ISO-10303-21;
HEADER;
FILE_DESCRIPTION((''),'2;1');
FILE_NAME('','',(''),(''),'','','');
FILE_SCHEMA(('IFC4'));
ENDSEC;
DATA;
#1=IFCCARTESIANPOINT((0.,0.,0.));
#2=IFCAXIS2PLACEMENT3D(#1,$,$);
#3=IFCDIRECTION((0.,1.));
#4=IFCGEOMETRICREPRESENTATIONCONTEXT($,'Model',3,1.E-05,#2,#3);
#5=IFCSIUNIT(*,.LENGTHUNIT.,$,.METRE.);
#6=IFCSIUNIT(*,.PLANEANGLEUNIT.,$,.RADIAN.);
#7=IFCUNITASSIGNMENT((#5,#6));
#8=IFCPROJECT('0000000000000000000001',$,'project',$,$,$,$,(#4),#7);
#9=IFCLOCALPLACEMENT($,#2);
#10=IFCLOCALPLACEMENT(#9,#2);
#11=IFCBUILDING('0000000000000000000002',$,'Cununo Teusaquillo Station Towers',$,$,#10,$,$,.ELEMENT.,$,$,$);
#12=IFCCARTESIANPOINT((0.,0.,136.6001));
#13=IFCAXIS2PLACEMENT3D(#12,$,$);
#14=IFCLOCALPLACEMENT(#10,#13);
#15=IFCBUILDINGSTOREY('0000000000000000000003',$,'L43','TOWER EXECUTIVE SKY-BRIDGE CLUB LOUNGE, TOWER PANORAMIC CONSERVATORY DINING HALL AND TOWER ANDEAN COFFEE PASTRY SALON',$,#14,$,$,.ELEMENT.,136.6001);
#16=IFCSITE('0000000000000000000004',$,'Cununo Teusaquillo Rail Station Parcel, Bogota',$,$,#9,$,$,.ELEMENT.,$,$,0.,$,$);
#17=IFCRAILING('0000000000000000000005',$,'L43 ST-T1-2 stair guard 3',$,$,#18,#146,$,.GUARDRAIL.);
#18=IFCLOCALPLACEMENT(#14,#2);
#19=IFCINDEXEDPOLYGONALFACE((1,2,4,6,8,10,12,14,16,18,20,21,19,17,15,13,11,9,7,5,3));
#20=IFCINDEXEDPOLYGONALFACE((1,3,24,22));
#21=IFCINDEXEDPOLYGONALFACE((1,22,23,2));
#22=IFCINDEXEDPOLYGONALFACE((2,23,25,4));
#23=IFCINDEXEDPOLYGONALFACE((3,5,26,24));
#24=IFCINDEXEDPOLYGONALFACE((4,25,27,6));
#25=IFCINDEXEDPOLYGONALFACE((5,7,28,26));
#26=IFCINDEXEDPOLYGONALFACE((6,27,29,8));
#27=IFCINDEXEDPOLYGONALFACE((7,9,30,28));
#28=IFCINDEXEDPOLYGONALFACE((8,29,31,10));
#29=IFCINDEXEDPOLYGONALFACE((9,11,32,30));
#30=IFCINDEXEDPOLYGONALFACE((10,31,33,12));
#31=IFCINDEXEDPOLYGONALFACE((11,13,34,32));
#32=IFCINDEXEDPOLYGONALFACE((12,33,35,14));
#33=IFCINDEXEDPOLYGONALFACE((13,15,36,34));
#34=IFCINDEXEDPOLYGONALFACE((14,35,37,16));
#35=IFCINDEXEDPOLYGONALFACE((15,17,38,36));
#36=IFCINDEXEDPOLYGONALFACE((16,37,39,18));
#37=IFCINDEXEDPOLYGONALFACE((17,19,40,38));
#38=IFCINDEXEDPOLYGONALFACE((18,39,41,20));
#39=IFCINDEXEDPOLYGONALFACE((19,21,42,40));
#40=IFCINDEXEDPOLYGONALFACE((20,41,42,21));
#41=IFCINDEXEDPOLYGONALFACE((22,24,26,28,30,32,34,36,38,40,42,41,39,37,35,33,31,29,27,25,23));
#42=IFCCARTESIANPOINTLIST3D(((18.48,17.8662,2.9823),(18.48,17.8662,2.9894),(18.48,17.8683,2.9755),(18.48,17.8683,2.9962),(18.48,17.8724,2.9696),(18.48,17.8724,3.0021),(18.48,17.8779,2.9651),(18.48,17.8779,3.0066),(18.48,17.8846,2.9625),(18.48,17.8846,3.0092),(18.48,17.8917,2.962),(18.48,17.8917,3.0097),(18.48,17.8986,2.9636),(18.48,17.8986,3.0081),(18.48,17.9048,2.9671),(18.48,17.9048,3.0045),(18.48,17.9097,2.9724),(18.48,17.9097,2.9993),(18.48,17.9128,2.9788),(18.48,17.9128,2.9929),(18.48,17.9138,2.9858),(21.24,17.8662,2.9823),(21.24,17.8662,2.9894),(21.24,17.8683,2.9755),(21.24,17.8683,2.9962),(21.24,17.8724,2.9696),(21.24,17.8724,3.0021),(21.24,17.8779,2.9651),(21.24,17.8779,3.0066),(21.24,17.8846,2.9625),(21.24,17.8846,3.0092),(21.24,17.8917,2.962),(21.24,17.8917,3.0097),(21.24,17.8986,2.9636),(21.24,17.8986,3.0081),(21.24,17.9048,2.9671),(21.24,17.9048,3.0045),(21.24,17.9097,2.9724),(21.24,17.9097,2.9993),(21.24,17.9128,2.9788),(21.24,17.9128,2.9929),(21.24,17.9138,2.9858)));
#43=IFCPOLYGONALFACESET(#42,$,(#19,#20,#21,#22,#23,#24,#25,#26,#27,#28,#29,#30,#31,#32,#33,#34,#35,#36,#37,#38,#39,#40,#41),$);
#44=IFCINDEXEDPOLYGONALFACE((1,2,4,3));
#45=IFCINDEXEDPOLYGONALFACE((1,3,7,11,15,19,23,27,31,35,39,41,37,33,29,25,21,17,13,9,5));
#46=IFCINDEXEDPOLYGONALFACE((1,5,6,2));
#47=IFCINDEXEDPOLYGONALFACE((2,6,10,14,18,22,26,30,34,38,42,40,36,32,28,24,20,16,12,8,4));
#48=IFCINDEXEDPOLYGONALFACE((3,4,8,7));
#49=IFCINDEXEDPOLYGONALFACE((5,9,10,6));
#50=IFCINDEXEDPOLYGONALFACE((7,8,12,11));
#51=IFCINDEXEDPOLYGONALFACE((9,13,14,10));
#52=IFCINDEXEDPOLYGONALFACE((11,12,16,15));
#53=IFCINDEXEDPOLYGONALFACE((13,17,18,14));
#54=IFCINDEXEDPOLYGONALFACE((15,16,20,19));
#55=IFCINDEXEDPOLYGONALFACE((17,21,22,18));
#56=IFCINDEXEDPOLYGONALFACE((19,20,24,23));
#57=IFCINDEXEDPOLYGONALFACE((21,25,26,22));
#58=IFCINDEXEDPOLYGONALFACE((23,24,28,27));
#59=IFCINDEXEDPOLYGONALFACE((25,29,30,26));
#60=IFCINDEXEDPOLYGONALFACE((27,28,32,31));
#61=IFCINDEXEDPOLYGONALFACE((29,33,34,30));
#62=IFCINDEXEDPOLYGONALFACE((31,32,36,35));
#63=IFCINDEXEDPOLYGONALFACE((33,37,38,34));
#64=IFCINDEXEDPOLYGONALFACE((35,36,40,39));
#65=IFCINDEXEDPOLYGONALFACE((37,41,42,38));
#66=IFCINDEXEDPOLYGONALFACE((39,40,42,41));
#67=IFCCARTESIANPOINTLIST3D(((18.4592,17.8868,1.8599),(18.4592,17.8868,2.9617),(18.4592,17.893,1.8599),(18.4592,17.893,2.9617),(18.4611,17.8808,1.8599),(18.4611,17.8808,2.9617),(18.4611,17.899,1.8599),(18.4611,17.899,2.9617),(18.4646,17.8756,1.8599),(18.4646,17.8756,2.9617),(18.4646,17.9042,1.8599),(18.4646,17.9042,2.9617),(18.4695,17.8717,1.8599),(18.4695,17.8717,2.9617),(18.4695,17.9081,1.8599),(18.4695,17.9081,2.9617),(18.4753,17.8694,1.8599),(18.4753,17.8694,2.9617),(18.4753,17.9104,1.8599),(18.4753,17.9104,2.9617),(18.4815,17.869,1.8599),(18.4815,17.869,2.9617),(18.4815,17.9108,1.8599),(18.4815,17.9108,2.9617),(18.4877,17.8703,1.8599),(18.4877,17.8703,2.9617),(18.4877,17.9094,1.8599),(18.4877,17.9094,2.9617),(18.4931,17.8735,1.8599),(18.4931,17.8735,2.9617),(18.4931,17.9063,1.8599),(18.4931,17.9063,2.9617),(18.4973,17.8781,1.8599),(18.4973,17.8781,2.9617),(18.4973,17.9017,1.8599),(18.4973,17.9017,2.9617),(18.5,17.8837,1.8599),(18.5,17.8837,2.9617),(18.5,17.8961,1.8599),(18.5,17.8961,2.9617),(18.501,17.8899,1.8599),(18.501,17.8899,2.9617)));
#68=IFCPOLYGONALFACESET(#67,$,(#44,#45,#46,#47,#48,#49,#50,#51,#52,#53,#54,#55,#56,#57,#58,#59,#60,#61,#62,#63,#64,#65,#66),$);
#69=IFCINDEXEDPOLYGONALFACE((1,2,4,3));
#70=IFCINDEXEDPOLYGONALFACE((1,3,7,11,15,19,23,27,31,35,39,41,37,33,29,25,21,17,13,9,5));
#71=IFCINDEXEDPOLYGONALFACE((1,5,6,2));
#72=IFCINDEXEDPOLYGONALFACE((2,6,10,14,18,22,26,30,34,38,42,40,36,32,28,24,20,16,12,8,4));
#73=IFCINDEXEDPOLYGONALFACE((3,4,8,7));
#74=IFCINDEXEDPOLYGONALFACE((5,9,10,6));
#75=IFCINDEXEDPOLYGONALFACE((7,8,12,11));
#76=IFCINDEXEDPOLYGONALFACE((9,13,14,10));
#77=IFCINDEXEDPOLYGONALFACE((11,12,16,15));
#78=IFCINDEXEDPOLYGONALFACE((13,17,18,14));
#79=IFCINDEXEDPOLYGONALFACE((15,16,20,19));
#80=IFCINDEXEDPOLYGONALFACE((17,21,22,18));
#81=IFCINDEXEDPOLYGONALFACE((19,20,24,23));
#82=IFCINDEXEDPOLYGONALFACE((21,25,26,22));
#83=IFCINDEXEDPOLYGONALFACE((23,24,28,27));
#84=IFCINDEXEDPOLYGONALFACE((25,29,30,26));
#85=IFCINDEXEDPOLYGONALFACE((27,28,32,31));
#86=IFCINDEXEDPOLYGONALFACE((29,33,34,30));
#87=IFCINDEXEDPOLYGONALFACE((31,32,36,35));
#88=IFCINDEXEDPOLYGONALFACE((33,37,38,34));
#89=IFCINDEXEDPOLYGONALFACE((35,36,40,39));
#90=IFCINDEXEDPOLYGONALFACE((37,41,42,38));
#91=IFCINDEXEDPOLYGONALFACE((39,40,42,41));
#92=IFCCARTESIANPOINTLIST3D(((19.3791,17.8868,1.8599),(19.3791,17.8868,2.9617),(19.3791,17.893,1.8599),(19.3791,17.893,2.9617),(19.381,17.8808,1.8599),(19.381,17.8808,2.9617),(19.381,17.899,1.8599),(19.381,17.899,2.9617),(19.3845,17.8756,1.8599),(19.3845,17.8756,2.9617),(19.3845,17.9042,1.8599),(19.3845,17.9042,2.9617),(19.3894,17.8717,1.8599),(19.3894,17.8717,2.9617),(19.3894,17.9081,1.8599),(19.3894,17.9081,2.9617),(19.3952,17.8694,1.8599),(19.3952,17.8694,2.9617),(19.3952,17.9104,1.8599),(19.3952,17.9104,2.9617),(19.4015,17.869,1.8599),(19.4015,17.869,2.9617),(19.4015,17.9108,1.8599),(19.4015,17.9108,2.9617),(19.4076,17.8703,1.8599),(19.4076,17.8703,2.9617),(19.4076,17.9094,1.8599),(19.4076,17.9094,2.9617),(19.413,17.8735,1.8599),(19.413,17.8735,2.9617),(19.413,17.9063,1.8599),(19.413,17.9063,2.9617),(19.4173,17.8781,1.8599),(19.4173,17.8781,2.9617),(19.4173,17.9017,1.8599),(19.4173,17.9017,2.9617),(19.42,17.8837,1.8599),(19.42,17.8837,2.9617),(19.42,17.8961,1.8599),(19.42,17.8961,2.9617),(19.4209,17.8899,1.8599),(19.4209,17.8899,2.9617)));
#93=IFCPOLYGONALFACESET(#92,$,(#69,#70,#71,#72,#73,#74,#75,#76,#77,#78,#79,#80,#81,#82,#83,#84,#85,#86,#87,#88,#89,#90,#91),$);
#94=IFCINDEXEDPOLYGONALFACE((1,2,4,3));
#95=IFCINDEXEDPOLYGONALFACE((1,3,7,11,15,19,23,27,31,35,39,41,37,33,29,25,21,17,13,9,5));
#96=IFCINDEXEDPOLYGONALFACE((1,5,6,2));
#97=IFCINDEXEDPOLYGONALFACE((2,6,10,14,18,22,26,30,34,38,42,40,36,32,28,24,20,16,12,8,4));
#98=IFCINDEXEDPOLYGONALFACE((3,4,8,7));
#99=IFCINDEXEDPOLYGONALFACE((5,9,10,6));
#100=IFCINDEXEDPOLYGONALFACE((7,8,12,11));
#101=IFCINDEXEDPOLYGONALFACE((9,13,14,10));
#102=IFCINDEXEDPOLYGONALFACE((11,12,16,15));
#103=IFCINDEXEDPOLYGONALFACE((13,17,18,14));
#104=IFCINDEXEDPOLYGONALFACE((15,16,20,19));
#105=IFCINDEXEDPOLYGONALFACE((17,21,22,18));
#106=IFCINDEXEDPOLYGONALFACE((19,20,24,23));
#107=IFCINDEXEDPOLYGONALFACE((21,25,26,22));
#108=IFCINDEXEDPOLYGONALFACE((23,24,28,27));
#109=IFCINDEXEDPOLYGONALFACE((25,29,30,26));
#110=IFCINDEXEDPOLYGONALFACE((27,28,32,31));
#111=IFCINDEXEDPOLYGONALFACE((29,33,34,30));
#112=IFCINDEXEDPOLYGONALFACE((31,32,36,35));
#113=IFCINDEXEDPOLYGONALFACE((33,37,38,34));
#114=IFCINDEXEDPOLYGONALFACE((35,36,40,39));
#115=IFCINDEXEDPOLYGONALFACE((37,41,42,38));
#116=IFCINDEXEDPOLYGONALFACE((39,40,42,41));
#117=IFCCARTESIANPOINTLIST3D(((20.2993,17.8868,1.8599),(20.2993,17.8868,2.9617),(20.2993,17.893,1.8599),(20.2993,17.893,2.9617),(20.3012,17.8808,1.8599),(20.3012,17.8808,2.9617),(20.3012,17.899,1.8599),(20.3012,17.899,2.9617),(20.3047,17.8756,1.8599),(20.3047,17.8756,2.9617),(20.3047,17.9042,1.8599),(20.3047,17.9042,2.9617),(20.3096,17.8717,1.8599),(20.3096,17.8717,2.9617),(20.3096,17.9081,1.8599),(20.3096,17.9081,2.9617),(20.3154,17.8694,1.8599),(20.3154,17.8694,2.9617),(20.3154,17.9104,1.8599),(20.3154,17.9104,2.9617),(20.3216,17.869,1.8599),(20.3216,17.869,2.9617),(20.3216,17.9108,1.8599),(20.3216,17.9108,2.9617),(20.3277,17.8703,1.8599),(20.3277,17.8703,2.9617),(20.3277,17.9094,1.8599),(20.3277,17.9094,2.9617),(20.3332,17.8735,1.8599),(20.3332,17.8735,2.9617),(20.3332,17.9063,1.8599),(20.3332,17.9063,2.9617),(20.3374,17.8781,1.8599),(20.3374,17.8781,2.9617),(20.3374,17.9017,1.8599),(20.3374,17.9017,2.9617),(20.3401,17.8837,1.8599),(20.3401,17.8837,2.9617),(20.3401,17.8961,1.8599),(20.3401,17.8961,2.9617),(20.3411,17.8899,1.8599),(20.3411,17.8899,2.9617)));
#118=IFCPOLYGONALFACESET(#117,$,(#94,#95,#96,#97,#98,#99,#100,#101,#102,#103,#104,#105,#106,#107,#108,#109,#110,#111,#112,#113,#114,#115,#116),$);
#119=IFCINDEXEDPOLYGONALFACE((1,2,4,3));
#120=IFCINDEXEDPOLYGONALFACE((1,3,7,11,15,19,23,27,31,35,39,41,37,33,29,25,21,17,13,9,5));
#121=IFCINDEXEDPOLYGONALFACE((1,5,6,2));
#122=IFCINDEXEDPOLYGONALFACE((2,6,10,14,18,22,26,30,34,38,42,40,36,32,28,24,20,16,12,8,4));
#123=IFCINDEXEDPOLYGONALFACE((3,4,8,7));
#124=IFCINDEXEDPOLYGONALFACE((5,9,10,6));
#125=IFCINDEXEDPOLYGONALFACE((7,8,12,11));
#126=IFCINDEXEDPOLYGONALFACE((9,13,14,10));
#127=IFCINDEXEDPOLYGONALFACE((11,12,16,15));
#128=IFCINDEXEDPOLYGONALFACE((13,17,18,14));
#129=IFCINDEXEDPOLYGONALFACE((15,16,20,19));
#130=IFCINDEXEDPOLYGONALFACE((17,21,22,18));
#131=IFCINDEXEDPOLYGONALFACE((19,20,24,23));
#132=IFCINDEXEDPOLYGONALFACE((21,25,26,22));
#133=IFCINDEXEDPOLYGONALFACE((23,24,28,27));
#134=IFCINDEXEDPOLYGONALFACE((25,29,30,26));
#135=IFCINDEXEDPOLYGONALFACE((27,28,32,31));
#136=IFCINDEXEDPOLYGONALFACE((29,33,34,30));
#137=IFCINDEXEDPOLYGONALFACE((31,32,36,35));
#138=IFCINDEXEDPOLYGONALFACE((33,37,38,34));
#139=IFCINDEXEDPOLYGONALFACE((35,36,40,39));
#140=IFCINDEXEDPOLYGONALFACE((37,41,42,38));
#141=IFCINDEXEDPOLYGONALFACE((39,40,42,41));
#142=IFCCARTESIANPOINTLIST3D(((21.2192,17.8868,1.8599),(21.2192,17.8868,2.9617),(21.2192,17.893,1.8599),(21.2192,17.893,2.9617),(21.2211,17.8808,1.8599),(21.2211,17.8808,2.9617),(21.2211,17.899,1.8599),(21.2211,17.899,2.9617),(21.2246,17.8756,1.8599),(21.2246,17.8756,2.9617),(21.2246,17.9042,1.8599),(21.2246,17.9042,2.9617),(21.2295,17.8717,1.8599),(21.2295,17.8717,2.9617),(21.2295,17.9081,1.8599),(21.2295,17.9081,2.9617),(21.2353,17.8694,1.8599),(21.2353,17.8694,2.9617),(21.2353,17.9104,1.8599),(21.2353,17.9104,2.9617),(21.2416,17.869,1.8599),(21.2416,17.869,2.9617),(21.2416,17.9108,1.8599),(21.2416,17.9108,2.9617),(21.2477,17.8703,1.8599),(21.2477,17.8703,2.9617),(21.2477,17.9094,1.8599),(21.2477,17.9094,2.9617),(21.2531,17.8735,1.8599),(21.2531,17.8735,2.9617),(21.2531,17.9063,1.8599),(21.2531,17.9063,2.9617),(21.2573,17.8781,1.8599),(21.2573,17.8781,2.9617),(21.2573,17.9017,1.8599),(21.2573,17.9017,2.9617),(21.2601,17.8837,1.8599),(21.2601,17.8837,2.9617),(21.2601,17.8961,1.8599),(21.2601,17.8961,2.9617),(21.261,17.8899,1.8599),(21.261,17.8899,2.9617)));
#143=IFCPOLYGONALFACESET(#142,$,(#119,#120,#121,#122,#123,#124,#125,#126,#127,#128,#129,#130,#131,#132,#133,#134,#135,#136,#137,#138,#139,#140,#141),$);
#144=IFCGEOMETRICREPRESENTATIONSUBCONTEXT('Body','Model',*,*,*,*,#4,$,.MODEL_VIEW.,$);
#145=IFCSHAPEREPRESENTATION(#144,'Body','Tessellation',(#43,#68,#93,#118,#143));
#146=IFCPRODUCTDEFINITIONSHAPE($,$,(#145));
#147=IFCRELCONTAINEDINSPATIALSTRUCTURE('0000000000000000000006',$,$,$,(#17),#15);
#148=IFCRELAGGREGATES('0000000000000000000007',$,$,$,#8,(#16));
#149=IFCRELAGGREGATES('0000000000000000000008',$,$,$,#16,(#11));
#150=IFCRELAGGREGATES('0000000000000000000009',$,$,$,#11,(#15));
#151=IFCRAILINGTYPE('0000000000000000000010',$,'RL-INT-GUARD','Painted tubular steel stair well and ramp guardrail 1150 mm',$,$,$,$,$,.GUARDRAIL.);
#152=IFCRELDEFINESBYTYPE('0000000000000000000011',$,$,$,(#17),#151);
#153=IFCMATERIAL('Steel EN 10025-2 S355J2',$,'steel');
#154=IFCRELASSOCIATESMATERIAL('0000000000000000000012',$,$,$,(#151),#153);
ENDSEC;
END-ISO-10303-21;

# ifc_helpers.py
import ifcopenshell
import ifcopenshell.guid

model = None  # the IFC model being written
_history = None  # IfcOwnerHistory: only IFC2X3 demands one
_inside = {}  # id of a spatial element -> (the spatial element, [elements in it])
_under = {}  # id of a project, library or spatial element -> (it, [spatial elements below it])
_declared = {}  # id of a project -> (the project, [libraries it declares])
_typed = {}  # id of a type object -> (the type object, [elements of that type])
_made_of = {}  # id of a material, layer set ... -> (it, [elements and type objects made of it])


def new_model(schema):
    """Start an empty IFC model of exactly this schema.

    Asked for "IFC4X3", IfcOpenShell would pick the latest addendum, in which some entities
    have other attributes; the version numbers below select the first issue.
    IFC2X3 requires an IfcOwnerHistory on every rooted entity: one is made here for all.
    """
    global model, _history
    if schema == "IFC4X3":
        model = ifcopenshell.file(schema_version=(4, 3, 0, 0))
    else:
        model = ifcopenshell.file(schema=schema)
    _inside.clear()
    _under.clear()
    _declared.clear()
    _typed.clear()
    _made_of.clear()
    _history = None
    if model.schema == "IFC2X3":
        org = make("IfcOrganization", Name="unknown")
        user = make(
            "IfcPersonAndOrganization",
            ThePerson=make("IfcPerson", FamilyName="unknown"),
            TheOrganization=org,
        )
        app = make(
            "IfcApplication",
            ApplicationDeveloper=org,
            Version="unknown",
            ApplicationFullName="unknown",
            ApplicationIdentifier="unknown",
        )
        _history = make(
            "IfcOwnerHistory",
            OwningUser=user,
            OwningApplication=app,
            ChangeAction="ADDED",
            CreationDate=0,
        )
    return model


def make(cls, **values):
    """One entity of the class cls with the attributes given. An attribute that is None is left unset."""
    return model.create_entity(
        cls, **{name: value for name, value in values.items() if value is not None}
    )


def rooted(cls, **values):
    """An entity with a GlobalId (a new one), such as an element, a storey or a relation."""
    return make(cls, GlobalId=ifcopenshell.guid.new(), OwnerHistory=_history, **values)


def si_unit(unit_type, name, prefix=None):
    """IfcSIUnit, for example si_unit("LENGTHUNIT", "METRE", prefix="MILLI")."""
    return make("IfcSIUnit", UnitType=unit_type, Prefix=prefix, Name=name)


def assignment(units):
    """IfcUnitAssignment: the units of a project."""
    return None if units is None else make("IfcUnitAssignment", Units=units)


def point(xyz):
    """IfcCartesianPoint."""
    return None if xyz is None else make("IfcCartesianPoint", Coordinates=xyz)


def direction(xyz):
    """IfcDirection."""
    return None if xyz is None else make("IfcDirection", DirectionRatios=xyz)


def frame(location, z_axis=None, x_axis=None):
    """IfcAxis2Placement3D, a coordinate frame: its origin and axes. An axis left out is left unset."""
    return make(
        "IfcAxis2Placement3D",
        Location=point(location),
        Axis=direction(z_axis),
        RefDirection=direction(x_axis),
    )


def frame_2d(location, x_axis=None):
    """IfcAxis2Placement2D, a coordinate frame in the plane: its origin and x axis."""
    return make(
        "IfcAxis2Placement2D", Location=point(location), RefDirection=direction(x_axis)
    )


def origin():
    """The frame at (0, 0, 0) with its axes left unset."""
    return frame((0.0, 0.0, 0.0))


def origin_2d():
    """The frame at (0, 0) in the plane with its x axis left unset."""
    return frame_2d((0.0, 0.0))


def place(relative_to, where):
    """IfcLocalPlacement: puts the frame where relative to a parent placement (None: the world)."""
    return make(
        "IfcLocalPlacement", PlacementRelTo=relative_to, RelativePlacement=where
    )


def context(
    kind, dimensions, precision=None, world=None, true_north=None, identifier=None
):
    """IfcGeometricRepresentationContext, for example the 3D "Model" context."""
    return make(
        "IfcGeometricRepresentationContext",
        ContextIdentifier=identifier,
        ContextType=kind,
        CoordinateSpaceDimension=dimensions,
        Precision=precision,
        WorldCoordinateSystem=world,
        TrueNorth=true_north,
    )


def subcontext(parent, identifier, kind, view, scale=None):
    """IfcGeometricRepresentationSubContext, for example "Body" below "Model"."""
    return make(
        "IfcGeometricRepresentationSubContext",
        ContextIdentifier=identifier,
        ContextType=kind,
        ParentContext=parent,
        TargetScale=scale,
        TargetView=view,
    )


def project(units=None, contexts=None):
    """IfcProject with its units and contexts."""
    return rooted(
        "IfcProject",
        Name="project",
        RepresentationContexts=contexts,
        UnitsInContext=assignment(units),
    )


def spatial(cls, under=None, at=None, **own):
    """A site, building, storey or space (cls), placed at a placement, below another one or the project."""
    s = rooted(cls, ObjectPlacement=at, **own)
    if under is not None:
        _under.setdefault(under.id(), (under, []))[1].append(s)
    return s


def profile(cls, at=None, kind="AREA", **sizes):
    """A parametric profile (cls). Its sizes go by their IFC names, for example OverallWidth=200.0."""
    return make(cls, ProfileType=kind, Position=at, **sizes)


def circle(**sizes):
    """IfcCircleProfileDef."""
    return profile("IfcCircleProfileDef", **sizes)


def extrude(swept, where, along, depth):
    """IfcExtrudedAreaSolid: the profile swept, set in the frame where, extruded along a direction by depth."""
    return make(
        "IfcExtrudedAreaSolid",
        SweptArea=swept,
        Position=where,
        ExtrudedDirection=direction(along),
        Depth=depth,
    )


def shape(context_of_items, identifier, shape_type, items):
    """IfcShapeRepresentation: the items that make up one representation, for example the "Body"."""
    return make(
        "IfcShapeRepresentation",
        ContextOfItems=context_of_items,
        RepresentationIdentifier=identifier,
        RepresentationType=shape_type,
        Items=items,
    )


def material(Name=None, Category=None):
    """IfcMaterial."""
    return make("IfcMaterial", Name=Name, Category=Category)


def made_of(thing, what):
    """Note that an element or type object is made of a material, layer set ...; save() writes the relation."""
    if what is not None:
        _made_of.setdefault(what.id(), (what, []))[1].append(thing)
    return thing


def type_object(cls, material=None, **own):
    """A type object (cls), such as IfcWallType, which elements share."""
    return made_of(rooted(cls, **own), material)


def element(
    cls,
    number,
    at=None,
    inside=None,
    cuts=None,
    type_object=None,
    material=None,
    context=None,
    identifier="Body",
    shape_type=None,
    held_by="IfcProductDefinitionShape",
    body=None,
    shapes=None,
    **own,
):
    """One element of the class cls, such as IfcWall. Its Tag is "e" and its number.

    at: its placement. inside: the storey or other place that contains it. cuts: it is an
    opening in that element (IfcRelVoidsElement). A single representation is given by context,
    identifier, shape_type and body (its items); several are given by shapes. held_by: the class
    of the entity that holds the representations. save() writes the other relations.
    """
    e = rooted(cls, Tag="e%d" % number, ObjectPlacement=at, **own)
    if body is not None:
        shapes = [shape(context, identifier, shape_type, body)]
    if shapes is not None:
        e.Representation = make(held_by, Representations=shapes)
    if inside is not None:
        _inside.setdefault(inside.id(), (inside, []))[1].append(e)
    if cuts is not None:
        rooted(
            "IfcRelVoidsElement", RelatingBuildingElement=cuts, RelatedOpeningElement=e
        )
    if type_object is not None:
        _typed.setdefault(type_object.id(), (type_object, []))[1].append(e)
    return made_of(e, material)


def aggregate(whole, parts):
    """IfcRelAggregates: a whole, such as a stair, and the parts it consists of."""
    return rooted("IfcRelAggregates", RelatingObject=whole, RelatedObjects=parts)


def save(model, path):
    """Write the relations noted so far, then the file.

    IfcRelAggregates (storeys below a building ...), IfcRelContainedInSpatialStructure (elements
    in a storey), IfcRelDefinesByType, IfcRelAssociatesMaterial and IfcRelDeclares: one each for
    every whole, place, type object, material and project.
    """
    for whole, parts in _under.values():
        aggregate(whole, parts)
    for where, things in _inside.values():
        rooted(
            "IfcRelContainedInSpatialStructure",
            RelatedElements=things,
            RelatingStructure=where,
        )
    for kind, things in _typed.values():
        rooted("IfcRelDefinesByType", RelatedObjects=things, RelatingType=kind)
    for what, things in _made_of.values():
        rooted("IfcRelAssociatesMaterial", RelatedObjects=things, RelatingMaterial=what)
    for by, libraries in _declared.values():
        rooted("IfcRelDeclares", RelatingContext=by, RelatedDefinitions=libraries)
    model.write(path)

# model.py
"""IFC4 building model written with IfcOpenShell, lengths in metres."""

from ifc_helpers import new_model, si_unit, direction, frame, origin, origin_2d, place, context, subcontext, project, spatial, circle, extrude, material, type_object, element, save


model = new_model("IFC4")

# Units and contexts
model_context = context("Model", 3, precision=1e-05, world=origin(), true_north=direction((0.0, 1.0)))
body_context = subcontext(model_context, "Body", "Model", "MODEL_VIEW")
ifc_project = project(units=[si_unit("LENGTHUNIT", "METRE"), si_unit("PLANEANGLEUNIT", "RADIAN")], contexts=[model_context])

# Site, building, storey
site_placement = place(None, origin())
site = spatial("IfcSite", under=ifc_project, at=site_placement, Name="Cununo Teusaquillo Rail Station Parcel, Bogota", CompositionType="ELEMENT", RefElevation=0.0)
building_placement = place(site_placement, origin())
building = spatial("IfcBuilding", under=site, at=building_placement, Name="Cununo Teusaquillo Station Towers", CompositionType="ELEMENT")
storey_placement = place(building_placement, frame((0.0, 0.0, 136.6001)))
storey = spatial("IfcBuildingStorey", under=building, at=storey_placement, Name="L43", Description="TOWER EXECUTIVE SKY-BRIDGE CLUB LOUNGE, TOWER PANORAMIC CONSERVATORY DINING HALL AND TOWER ANDEAN COFFEE PASTRY SALON", CompositionType="ELEMENT", Elevation=136.6001)

# Railing
ifc_material_1 = material(Name="Steel EN 10025-2 S355J2", Category="steel")
railing_type_1 = type_object("IfcRailingType", Name="RL-INT-GUARD", Description="Painted tubular steel stair well and ramp guardrail 1150 mm", PredefinedType="GUARDRAIL", material=ifc_material_1)
railing_1_placement = place(storey_placement, frame((18.48, 17.8899, 1.8599)))
element("IfcRailing", 1, at=railing_1_placement, inside=storey, type_object=railing_type_1, Name="L43 ST-T1-2 stair guard 3", PredefinedType="GUARDRAIL", context=body_context, shape_type="SweptSolid", body=[
    extrude(circle(Radius=0.0239, at=origin_2d()), frame((0.0, 0.0, 1.126), z_axis=(1.0, 0.0, 0.0), x_axis=(0.0, 1.0, 0.0)), (0.0, 0.0, 1.0), 2.76),
    extrude(circle(Radius=0.021, at=origin_2d()), origin(), (0.0, 0.0, 1.0), 1.1018),
    extrude(circle(Radius=0.021, at=origin_2d()), frame((0.9199, 0.0, 0.0)), (0.0, 0.0, 1.0), 1.1018),
    extrude(circle(Radius=0.021, at=origin_2d()), frame((1.8401, 0.0, 0.0)), (0.0, 0.0, 1.0), 1.1018),
    extrude(circle(Radius=0.021, at=origin_2d()), frame((2.76, 0.0, 0.0)), (0.0, 0.0, 1.0), 1.1018),
])

save(model, "model.ifc")
